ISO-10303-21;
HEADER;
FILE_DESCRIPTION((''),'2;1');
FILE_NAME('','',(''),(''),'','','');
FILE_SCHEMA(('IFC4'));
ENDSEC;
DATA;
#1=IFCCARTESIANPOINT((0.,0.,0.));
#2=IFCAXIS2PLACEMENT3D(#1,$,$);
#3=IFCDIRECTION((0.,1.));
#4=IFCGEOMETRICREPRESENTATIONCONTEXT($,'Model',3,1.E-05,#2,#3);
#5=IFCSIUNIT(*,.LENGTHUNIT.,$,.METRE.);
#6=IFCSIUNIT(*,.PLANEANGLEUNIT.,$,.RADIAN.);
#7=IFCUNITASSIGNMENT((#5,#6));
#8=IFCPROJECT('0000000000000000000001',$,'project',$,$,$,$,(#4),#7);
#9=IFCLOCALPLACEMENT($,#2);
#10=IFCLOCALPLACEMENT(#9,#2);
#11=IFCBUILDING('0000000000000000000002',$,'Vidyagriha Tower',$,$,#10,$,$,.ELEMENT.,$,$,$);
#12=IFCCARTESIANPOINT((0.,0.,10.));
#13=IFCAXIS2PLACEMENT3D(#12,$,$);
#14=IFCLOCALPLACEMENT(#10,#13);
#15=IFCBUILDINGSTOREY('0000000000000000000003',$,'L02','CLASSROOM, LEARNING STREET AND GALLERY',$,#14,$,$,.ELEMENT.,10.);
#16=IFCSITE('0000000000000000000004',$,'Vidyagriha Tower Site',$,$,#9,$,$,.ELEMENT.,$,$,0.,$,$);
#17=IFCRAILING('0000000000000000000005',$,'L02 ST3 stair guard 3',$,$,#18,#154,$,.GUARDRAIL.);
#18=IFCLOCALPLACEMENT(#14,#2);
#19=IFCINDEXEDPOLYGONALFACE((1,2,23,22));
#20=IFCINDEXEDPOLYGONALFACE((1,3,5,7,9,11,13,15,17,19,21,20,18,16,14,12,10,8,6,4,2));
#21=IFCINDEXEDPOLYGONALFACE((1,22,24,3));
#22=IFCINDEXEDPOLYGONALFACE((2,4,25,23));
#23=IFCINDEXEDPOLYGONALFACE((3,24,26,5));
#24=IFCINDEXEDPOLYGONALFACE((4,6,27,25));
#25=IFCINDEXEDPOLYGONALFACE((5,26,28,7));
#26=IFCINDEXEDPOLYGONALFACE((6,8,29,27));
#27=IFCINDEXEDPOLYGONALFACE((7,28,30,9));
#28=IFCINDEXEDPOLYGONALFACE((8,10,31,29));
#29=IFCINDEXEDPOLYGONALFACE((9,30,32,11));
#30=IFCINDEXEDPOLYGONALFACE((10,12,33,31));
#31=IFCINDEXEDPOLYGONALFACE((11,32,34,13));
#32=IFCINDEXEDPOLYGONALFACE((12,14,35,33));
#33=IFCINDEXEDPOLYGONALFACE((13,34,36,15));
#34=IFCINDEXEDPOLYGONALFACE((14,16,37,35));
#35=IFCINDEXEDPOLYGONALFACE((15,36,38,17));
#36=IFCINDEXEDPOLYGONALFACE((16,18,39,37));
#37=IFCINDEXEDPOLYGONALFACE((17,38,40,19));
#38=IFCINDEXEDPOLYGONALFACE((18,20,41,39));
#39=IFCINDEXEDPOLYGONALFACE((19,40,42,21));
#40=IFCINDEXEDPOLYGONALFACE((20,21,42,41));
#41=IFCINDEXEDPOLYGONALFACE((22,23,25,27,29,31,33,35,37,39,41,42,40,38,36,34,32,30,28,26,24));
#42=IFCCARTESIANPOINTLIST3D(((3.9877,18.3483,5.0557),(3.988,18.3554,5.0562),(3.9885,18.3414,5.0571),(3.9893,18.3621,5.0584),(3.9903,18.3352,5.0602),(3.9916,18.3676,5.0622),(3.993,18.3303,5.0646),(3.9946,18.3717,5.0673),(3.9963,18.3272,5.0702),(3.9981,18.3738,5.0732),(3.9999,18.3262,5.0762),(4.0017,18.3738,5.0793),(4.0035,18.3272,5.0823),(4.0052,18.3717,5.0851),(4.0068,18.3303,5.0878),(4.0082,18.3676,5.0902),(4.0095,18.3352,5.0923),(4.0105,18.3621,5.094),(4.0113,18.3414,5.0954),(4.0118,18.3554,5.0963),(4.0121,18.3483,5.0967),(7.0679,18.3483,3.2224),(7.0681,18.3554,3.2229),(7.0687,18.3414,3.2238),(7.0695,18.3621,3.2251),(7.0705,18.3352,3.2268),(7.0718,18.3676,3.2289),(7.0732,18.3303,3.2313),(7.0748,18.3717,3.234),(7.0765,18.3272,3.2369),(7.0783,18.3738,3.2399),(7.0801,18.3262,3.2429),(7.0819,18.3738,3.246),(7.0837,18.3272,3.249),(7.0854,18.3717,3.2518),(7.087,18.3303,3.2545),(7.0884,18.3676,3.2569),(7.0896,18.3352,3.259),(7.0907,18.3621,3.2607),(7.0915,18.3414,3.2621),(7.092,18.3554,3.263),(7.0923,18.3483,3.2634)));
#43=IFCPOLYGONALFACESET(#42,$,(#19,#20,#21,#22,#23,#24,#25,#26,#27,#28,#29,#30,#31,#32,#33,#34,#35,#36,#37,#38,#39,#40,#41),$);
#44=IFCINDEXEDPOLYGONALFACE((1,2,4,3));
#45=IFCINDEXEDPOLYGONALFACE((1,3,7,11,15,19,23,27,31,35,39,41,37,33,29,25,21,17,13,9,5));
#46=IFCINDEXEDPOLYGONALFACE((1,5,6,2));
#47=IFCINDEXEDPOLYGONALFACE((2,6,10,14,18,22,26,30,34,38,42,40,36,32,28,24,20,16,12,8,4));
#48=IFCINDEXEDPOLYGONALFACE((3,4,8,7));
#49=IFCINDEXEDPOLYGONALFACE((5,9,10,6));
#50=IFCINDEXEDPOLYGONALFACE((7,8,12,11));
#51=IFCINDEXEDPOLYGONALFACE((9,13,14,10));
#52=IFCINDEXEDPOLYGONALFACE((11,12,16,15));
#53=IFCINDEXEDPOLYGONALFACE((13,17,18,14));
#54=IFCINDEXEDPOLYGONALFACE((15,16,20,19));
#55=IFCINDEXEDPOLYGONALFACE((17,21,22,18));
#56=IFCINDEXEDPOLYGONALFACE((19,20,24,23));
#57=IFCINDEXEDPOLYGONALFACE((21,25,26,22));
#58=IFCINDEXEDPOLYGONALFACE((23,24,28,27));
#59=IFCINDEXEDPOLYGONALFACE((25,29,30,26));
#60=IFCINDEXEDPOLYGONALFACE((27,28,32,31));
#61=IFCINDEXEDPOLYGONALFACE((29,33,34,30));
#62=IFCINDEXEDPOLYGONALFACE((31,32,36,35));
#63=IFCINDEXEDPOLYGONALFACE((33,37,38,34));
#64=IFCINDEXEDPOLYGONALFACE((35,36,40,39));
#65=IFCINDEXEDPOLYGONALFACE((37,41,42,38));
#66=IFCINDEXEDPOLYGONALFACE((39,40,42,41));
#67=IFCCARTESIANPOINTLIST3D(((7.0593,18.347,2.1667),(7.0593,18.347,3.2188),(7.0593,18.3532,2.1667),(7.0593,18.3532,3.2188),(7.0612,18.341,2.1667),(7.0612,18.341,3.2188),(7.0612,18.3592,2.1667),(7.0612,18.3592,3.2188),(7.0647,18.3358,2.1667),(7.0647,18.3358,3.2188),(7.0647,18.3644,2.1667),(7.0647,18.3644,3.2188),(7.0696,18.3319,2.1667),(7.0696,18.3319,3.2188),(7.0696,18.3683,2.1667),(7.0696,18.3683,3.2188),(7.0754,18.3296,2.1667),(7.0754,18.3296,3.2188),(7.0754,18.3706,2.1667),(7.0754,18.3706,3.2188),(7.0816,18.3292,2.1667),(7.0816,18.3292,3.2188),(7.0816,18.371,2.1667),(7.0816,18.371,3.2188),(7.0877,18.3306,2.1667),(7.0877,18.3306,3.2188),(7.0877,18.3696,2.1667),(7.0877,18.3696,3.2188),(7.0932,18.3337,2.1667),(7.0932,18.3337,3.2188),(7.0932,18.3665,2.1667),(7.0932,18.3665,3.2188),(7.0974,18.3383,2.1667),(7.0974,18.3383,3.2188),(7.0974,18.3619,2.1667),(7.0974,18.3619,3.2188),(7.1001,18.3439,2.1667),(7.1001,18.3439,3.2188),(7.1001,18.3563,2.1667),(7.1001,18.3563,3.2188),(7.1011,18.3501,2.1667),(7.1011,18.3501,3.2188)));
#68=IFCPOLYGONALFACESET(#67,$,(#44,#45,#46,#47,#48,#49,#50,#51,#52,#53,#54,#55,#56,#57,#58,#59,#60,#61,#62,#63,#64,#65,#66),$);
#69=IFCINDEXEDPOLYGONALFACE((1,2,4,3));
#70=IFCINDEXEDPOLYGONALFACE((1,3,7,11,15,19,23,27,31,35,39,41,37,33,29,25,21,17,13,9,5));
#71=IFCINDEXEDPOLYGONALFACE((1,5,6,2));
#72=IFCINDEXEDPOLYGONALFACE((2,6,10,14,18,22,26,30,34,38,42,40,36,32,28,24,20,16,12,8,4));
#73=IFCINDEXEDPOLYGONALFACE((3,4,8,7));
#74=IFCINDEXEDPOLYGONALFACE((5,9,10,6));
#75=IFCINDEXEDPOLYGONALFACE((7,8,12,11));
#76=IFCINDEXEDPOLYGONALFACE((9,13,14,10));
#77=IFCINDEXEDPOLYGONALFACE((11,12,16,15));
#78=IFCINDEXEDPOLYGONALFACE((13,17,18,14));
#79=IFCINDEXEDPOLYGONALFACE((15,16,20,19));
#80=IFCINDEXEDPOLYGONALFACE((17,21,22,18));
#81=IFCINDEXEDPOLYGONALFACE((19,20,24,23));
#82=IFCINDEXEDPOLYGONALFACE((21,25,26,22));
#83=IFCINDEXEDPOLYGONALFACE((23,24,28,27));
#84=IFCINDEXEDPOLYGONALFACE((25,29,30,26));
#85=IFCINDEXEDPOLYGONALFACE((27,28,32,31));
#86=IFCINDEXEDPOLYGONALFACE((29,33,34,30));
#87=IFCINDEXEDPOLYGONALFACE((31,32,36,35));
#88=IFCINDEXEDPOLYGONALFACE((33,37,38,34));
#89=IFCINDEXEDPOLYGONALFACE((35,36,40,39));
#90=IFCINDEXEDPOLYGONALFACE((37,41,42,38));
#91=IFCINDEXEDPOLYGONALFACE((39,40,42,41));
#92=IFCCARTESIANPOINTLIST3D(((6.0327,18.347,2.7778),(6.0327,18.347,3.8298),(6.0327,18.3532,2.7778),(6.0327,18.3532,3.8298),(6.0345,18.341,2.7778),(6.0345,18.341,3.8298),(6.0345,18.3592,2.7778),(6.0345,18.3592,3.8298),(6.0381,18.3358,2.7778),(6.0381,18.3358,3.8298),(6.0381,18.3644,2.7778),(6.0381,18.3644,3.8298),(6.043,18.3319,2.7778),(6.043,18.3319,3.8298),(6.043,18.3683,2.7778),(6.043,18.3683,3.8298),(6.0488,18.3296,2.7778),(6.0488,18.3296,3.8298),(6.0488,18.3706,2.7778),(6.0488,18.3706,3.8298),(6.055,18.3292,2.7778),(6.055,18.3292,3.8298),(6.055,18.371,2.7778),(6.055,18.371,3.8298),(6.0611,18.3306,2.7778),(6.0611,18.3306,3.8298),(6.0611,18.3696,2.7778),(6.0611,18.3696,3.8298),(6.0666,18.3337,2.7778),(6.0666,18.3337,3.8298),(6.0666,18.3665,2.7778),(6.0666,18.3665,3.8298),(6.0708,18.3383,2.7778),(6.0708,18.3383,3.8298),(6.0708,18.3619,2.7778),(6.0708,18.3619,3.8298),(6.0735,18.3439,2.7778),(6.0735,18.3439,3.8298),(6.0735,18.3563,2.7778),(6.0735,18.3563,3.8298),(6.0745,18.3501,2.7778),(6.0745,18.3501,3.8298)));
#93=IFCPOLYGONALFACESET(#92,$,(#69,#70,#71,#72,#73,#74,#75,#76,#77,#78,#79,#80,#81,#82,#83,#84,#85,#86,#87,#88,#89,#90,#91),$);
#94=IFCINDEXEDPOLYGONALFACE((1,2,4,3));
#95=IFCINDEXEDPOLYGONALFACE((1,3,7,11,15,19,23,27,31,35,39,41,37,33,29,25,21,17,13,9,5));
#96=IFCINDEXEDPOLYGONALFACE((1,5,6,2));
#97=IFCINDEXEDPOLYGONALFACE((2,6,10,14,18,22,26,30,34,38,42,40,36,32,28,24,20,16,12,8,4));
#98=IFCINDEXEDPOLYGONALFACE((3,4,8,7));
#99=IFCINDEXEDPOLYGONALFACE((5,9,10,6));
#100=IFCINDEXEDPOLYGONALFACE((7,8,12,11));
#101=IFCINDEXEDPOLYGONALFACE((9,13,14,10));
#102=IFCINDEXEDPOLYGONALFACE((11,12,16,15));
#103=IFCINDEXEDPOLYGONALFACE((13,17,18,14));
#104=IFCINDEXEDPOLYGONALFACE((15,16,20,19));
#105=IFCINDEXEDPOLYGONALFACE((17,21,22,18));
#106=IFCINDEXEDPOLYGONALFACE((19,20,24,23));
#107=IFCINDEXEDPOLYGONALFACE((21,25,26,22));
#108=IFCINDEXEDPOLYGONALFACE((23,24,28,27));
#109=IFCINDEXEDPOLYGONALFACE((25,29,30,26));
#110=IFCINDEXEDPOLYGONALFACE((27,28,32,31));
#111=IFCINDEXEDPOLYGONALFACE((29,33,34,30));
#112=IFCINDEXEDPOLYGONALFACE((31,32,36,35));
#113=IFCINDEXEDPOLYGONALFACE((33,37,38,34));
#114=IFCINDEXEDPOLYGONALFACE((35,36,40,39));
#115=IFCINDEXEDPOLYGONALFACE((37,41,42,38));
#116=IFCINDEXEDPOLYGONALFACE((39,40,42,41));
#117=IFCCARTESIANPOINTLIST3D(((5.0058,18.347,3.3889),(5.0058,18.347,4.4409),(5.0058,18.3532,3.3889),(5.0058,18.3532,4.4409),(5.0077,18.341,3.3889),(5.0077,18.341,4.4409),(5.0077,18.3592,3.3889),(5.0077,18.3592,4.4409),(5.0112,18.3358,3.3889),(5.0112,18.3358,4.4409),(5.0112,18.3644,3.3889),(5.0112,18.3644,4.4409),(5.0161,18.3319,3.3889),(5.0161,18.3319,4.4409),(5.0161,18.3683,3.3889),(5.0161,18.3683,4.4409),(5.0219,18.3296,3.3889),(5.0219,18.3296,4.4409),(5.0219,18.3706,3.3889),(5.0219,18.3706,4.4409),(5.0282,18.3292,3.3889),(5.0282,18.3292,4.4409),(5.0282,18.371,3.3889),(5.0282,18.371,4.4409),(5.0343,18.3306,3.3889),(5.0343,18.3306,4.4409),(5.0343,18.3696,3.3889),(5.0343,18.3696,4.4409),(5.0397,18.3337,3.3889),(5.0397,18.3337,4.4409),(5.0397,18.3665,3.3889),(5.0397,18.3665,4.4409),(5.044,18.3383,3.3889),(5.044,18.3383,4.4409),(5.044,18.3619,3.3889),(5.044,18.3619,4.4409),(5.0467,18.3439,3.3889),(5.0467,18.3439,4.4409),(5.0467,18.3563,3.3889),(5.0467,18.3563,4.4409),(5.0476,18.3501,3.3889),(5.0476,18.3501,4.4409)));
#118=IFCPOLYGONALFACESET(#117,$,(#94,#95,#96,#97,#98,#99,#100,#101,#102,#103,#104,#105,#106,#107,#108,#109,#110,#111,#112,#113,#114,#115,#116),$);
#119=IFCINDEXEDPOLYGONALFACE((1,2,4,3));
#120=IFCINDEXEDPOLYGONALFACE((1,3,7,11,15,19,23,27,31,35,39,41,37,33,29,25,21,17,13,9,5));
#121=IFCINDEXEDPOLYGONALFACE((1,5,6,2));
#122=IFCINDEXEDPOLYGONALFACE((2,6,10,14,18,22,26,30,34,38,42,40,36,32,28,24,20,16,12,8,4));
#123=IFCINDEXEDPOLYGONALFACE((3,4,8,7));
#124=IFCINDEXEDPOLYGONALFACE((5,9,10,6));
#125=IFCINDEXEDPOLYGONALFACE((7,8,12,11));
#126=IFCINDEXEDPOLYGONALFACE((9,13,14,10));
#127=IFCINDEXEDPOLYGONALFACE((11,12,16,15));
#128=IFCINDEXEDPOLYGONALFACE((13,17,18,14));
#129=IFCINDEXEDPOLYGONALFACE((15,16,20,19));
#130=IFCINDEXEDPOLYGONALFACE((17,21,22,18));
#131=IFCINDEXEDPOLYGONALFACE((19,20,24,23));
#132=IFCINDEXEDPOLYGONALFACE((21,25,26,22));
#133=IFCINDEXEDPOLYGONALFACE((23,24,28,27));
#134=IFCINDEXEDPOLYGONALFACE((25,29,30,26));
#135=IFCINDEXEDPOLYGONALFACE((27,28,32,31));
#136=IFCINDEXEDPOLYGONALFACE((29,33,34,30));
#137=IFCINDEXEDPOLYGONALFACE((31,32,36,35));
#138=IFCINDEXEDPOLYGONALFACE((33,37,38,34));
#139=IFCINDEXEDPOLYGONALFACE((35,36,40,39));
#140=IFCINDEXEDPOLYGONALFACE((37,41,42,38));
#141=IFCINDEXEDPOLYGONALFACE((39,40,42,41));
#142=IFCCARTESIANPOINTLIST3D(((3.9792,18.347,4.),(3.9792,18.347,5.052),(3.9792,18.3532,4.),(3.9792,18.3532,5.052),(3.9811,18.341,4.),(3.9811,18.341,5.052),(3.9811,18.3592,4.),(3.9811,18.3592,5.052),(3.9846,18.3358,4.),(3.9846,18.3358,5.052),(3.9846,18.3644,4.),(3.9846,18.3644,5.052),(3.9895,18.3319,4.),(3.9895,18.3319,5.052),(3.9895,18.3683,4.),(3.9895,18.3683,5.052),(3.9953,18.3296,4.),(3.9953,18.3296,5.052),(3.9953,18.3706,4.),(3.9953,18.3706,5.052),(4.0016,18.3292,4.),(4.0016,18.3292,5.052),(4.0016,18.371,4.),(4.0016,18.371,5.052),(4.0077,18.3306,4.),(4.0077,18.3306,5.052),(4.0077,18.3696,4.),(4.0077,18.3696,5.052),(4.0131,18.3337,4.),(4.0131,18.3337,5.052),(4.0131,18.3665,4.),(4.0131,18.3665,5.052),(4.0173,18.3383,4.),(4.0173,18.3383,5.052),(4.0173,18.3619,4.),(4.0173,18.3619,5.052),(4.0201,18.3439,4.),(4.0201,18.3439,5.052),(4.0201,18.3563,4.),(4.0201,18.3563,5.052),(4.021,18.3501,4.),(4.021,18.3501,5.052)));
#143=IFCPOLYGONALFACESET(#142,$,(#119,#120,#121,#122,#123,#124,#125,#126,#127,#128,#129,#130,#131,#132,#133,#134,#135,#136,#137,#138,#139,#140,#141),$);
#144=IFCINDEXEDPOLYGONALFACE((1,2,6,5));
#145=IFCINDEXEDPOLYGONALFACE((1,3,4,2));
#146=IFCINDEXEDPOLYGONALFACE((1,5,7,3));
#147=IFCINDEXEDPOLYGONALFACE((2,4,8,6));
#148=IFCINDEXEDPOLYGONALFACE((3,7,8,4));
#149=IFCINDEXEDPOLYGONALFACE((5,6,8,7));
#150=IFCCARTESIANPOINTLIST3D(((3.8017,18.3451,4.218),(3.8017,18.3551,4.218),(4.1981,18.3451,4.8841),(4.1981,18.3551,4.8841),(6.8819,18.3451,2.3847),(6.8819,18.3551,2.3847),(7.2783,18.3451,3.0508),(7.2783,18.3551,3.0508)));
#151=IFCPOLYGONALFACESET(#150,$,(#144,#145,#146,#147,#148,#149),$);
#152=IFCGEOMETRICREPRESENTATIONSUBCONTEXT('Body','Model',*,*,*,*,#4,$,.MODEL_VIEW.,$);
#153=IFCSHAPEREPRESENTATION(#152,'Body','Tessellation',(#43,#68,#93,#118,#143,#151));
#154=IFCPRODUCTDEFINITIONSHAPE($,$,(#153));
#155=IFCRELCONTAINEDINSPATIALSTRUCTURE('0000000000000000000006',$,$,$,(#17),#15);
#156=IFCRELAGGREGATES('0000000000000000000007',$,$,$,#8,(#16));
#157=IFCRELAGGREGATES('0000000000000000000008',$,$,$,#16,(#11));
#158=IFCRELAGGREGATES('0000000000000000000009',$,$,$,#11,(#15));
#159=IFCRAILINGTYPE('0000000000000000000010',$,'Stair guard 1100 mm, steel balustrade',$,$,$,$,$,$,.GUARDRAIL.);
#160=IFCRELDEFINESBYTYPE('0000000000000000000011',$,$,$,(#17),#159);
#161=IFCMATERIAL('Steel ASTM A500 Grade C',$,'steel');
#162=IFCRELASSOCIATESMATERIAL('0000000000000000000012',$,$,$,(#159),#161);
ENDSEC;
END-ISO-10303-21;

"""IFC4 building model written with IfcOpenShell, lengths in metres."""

from ifc_helpers import new_model, si_unit, direction, frame, origin, origin_2d, place, context, subcontext, project, spatial, rectangle, circle, extrude, material, type_object, element, save


model = new_model("IFC4")

# Units and contexts
model_context = context("Model", 3, precision=1e-05, world=origin(), true_north=direction((0.0, 1.0)))
body_context = subcontext(model_context, "Body", "Model", "MODEL_VIEW")
ifc_project = project(units=[si_unit("LENGTHUNIT", "METRE"), si_unit("PLANEANGLEUNIT", "RADIAN")], contexts=[model_context])

# Site, building, storey
site_placement = place(None, origin())
site = spatial("IfcSite", under=ifc_project, at=site_placement, Name="Vidyagriha Tower Site", CompositionType="ELEMENT", RefElevation=0.0)
building_placement = place(site_placement, origin())
building = spatial("IfcBuilding", under=site, at=building_placement, Name="Vidyagriha Tower", CompositionType="ELEMENT")
storey_placement = place(building_placement, frame((0.0, 0.0, 10.0)))
storey = spatial("IfcBuildingStorey", under=building, at=storey_placement, Name="L02", Description="CLASSROOM, LEARNING STREET AND GALLERY", CompositionType="ELEMENT", Elevation=10.0)

# Railing
ifc_material_1 = material(Name="Steel ASTM A500 Grade C", Category="steel")
railing_type_1 = type_object("IfcRailingType", Name="Stair guard 1100 mm, steel balustrade", PredefinedType="GUARDRAIL", material=ifc_material_1)
railing_1_placement = place(storey_placement, frame((7.0801, 18.3501, 2.1667)))
element("IfcRailing", 1, at=railing_1_placement, inside=storey, type_object=railing_type_1, Name="L02 ST3 stair guard 3", PredefinedType="GUARDRAIL", context=body_context, shape_type="SweptSolid", body=[
    extrude(circle(Radius=0.0239, at=origin_2d()), frame((0.0, 0.0, 1.0762), z_axis=(-0.859309, 0.0, 0.511458), x_axis=(0.0, -1.0, 0.0)), (0.0, 0.0, 1.0), 3.5845),
    extrude(circle(Radius=0.021, at=origin_2d()), origin(), (0.0, 0.0, 1.0), 1.052),
    extrude(circle(Radius=0.021, at=origin_2d()), frame((-1.0266, 0.0, 0.6111)), (0.0, 0.0, 1.0), 1.052),
    extrude(circle(Radius=0.021, at=origin_2d()), frame((-2.0535, 0.0, 1.2222)), (0.0, 0.0, 1.0), 1.052),
    extrude(circle(Radius=0.021, at=origin_2d()), frame((-3.0801, 0.0, 1.8333)), (0.0, 0.0, 1.0), 1.052),
    extrude(rectangle(XDim=0.01, YDim=0.7751, at=origin_2d()), frame((0.0, 0.0, 0.551), z_axis=(-0.859309, 0.0, 0.511458), x_axis=(0.0, -1.0, 0.0)), (0.0, 0.0, 1.0), 3.5845),
])

save(model, "model.ifc")
